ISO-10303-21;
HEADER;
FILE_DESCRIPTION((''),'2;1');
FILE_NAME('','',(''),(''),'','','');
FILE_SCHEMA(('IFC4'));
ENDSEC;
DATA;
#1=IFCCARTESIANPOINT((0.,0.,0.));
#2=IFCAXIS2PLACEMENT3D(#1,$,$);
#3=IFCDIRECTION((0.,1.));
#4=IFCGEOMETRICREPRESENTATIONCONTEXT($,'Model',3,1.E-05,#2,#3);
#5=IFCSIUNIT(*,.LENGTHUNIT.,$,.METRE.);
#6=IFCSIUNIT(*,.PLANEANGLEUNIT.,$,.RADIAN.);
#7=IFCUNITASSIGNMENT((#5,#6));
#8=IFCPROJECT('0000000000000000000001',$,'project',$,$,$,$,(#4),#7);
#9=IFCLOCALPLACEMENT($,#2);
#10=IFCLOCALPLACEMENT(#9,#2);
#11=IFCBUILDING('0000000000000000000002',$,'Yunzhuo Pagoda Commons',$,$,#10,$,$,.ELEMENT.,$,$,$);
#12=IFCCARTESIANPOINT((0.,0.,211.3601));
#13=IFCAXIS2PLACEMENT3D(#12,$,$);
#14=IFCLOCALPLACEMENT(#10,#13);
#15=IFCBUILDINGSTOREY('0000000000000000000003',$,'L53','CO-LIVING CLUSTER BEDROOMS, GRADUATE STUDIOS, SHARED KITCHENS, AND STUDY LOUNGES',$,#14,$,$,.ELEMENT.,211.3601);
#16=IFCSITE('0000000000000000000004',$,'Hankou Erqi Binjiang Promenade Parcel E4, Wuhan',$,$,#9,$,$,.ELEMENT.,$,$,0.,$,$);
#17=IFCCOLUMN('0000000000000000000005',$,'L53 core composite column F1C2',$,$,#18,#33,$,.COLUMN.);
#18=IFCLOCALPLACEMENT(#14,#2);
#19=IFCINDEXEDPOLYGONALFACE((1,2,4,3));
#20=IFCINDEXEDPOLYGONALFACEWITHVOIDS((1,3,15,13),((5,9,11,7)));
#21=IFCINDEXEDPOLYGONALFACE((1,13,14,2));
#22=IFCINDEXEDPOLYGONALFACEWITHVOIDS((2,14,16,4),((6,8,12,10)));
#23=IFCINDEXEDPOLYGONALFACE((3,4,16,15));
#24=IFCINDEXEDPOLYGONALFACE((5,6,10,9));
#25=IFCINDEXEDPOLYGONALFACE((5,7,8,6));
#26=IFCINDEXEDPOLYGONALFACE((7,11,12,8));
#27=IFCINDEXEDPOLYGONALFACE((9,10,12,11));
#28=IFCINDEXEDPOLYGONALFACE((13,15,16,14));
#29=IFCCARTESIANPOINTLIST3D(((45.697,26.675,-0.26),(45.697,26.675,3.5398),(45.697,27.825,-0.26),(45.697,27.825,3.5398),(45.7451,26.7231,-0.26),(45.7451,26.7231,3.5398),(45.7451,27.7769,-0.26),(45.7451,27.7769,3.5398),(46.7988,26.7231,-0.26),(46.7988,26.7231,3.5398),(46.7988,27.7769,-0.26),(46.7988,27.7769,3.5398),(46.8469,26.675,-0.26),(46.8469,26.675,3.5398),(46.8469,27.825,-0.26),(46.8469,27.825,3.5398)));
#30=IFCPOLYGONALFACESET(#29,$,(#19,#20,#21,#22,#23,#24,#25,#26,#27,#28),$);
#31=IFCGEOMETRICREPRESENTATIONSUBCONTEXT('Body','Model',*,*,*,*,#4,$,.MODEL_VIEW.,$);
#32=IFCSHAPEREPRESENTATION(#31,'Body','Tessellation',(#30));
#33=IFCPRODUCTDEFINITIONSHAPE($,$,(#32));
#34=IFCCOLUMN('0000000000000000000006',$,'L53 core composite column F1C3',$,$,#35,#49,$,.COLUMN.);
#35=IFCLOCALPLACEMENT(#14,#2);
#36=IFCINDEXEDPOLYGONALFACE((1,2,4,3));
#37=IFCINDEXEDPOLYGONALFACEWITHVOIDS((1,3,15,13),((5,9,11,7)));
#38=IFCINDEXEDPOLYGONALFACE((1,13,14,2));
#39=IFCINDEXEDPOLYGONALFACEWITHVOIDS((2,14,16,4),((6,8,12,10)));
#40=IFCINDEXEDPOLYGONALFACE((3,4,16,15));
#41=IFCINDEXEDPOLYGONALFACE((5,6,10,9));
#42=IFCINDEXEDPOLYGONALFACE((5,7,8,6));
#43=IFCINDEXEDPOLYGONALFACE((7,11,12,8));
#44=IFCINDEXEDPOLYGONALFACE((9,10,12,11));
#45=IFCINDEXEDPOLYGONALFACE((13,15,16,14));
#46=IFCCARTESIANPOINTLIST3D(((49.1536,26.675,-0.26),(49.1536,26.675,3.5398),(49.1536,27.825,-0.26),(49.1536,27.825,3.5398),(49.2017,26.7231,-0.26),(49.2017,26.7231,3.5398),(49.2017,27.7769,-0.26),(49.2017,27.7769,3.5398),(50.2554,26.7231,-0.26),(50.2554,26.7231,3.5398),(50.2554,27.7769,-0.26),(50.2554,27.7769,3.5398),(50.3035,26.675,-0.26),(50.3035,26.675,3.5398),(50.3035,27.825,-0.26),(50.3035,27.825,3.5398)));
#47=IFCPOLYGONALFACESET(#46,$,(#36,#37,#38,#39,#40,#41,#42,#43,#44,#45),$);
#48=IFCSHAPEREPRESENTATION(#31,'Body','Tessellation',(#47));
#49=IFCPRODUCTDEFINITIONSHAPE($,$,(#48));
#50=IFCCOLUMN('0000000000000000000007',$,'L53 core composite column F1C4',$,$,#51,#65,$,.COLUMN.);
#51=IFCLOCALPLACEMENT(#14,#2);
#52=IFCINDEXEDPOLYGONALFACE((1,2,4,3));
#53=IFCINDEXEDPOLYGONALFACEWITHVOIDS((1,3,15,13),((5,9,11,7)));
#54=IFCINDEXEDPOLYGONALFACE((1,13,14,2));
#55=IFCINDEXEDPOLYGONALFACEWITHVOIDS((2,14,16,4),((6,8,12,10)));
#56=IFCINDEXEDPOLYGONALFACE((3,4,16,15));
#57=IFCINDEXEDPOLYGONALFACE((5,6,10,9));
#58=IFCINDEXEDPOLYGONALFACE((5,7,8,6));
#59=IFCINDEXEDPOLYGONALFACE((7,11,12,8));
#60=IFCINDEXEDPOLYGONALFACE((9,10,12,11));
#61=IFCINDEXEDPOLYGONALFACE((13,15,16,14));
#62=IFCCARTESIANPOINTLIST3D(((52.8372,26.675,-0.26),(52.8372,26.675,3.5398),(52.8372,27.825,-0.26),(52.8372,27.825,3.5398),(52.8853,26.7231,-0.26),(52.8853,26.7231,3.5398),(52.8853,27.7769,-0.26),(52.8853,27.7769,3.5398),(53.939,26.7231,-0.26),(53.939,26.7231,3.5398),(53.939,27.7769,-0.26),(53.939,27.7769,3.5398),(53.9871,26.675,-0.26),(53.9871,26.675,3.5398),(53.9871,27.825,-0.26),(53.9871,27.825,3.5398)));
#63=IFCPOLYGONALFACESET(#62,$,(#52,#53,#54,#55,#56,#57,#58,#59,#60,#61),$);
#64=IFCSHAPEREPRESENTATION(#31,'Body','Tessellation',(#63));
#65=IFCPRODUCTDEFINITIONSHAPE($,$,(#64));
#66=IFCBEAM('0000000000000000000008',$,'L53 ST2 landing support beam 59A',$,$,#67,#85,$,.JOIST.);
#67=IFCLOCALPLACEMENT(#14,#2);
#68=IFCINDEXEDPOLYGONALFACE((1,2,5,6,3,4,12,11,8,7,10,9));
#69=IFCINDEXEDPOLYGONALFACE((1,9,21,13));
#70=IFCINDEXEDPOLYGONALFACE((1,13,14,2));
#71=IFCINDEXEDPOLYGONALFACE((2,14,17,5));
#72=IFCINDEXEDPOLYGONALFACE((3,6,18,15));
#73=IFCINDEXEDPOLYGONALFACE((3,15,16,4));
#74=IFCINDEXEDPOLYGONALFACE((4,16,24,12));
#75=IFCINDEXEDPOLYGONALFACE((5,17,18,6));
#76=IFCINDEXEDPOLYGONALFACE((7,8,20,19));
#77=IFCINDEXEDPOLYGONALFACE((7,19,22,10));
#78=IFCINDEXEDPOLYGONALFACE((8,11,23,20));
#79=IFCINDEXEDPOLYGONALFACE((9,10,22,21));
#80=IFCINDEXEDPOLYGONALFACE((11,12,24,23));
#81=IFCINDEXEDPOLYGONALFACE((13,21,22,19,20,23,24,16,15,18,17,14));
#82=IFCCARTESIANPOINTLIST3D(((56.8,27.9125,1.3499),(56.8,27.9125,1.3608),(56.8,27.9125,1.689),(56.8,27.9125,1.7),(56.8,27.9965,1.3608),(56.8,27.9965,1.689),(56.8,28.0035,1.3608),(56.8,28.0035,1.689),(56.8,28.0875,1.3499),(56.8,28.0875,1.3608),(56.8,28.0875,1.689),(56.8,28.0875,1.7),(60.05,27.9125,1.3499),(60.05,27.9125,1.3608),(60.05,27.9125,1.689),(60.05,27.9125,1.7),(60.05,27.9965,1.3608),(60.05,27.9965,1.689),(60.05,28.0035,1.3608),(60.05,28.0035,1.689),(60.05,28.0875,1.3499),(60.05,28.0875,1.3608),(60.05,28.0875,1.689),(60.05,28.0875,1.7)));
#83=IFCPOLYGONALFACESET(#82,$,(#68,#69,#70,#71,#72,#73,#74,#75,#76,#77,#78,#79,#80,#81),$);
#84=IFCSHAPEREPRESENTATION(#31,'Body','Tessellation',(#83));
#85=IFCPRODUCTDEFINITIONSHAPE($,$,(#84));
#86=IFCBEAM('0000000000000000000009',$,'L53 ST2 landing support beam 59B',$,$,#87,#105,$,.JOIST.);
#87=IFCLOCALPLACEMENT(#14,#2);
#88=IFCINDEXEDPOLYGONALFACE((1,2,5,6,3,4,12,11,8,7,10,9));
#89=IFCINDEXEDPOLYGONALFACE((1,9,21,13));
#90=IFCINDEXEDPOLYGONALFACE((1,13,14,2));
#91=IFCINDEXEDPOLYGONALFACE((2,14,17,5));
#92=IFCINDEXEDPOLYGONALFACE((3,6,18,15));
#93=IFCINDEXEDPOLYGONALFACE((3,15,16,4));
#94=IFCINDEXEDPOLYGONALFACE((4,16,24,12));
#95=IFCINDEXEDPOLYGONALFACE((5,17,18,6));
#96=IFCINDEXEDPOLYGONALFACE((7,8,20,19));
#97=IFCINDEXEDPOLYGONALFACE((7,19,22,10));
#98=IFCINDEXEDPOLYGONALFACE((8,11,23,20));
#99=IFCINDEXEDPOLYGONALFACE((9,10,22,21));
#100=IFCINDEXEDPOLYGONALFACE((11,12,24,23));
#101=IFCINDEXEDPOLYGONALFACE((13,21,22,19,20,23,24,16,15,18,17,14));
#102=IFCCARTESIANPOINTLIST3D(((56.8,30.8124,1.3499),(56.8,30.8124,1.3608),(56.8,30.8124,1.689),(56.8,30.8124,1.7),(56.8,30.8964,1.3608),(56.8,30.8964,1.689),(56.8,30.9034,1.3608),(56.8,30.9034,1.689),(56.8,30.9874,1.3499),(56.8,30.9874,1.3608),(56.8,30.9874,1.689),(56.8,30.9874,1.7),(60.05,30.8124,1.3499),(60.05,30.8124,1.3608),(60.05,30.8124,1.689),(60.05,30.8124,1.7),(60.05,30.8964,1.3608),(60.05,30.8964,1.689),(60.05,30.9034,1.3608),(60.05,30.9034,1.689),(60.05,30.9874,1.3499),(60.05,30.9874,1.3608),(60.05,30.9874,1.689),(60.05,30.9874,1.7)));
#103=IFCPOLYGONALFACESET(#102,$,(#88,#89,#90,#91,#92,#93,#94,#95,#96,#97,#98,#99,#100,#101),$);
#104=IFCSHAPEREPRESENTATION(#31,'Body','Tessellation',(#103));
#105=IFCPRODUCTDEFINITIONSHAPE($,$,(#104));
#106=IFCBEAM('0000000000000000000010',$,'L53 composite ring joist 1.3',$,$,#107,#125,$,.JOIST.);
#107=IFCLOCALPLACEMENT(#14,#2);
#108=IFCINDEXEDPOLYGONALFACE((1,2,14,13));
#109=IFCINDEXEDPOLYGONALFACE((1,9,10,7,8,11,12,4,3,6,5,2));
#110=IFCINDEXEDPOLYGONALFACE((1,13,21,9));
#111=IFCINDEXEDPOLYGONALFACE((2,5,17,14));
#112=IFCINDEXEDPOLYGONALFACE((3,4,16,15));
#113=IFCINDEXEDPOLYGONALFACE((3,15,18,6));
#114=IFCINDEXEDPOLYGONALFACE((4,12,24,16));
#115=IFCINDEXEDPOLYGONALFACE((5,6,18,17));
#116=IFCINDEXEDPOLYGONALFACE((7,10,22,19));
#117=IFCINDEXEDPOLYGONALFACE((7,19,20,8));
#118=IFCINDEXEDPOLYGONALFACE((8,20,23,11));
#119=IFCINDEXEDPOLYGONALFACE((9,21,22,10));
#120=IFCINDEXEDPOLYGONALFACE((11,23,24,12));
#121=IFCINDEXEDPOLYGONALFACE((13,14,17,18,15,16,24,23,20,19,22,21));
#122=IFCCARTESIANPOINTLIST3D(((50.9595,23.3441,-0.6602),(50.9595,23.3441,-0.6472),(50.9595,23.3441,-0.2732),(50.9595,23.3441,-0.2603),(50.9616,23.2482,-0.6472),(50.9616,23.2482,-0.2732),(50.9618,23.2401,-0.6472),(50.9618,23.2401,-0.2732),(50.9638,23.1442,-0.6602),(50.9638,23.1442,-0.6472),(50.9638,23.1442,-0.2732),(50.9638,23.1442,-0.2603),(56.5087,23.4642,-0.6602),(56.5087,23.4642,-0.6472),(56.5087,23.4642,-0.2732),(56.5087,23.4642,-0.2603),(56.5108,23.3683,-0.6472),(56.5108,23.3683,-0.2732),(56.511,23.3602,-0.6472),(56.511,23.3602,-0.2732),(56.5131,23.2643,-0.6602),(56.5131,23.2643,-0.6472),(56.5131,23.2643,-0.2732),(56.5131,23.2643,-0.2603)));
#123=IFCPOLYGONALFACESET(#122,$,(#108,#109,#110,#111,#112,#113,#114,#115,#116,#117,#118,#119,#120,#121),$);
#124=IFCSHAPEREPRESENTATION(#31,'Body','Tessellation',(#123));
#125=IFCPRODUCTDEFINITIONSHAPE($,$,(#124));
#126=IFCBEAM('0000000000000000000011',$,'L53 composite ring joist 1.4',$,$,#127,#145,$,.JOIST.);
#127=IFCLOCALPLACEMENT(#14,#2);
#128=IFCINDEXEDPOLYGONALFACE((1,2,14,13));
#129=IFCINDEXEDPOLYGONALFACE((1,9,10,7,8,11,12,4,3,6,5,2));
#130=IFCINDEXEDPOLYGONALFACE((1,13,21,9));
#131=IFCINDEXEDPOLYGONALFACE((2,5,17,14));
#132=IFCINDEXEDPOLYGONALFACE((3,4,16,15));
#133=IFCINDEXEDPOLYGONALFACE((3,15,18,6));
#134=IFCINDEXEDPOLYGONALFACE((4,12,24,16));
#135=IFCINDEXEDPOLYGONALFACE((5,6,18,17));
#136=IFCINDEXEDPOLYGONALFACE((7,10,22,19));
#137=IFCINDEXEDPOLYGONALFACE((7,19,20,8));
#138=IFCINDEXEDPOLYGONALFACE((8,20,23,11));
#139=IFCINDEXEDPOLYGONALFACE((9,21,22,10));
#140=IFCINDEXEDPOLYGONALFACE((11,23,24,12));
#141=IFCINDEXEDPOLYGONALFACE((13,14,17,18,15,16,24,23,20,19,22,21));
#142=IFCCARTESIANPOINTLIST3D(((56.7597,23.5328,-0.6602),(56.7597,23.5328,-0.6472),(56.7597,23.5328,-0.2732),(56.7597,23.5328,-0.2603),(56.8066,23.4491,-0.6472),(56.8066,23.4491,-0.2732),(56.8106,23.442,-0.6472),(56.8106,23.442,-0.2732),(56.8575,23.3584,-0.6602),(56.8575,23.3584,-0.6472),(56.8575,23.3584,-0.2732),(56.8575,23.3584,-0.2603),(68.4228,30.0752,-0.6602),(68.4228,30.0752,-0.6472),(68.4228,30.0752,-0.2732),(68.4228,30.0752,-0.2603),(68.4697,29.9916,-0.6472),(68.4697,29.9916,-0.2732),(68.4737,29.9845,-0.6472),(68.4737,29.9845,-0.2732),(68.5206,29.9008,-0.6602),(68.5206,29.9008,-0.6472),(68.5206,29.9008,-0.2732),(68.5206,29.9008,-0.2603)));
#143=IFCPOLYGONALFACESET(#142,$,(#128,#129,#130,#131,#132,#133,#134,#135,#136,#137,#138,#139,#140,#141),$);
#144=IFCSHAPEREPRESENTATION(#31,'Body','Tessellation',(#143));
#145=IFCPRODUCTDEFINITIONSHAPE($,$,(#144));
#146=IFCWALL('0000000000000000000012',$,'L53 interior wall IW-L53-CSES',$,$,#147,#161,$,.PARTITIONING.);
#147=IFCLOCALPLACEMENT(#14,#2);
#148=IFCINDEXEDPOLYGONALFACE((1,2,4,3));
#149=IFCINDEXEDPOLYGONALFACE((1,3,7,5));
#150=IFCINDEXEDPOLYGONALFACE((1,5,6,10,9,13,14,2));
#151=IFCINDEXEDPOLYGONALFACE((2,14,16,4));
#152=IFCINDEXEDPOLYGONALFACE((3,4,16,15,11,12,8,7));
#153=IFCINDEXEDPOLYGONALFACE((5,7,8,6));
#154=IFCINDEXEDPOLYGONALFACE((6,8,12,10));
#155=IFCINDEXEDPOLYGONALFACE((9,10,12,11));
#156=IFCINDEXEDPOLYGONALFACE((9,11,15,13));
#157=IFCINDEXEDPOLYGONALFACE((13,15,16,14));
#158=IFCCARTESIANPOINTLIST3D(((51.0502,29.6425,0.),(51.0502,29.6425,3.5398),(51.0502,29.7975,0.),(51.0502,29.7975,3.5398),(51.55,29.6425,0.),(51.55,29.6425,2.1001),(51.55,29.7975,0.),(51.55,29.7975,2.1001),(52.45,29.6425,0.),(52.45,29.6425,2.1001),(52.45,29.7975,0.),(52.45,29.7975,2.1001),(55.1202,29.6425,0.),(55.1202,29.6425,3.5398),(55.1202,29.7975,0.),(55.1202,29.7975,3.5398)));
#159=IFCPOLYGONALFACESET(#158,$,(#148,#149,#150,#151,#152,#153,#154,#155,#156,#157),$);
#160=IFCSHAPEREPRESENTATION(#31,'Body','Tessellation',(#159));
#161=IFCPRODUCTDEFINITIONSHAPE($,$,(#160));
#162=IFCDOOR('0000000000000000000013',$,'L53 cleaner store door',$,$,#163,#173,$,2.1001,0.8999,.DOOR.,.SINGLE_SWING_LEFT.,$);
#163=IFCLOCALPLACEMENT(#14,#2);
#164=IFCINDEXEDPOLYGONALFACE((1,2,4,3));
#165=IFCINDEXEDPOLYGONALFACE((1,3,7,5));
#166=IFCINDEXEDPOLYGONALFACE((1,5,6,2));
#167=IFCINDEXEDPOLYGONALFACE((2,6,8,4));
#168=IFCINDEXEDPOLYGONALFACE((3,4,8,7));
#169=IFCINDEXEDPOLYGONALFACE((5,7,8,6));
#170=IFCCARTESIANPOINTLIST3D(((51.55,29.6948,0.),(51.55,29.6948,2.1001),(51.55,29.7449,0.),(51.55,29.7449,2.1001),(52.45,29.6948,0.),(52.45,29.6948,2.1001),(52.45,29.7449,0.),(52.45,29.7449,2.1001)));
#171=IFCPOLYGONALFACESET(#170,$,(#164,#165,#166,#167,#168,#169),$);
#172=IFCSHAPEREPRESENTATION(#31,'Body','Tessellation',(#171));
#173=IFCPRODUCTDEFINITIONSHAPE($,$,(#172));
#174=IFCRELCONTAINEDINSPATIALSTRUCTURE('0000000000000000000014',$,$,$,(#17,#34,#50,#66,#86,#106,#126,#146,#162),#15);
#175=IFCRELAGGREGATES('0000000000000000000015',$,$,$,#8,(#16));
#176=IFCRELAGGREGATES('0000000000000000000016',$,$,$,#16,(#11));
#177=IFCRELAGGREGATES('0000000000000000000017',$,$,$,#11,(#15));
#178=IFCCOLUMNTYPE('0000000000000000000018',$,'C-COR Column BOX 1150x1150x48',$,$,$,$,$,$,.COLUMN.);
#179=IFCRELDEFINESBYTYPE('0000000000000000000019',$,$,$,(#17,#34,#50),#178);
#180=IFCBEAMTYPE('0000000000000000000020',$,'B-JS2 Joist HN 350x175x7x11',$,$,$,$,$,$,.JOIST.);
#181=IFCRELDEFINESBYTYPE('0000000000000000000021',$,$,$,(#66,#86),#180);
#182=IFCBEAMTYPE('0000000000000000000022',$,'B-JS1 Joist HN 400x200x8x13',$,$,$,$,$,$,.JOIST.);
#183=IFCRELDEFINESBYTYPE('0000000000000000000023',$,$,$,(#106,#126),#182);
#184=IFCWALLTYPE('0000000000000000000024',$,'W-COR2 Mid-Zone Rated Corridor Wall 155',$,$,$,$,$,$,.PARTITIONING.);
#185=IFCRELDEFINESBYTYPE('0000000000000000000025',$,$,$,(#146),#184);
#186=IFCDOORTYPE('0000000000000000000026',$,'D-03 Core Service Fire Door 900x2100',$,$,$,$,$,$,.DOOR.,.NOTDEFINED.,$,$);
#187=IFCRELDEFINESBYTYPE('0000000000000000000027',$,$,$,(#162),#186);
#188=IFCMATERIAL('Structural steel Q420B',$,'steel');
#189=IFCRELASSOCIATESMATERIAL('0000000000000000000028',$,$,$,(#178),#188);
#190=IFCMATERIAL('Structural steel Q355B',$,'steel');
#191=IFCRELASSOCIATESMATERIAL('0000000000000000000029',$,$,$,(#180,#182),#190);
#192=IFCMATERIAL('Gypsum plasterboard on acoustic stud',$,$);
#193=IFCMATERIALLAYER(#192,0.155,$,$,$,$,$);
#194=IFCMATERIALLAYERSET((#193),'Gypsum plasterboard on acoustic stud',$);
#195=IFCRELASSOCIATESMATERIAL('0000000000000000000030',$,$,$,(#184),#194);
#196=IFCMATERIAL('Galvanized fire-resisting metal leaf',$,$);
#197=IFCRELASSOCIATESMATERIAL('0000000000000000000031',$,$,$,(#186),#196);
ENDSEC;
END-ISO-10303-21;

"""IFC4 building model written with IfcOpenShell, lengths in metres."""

from ifc_helpers import new_model, si_unit, direction, frame, frame_2d, origin, origin_with_axes, origin_2d, place, context, subcontext, project, spatial, rectangle, hollow_rectangle, i_section, extrude, source, transform, mapped, material, layer, layer_set, material_profile, profile_set, type_object, element, fill, save


model = new_model("IFC4")

# Units and contexts
model_context = context("Model", 3, precision=1e-05, world=origin(), true_north=direction((0.0, 1.0)))
body_context = subcontext(model_context, "Body", "Model", "MODEL_VIEW")
ifc_project = project(units=[si_unit("LENGTHUNIT", "METRE"), si_unit("PLANEANGLEUNIT", "RADIAN")], contexts=[model_context])

# Site, building, storey
site_placement = place(None, origin())
site = spatial("IfcSite", under=ifc_project, at=site_placement, Name="Hankou Erqi Binjiang Promenade Parcel E4, Wuhan", CompositionType="ELEMENT", RefElevation=0.0)
building_placement = place(site_placement, origin())
building = spatial("IfcBuilding", under=site, at=building_placement, Name="Yunzhuo Pagoda Commons", CompositionType="ELEMENT")
storey_placement = place(building_placement, frame((0.0, 0.0, 211.3601)))
storey = spatial("IfcBuildingStorey", under=building, at=storey_placement, Name="L53", Description="CO-LIVING CLUSTER BEDROOMS, GRADUATE STUDIOS, SHARED KITCHENS, AND STUDY LOUNGES", CompositionType="ELEMENT", Elevation=211.3601)

# Columns
ifc_material_1 = material(Name="Structural steel Q420B", Category="steel")
ifc_material_profile_1 = material_profile(ifc_material_1, hollow_rectangle(XDim=1.1499, YDim=1.1499, WallThickness=0.0481, at=origin_2d()), Name="Structural steel Q420B")
ifc_profile_set_1 = profile_set([ifc_material_profile_1], Name="Structural steel Q420B")
column_type = type_object("IfcColumnType", Name="C-COR Column BOX 1150x1150x48", PredefinedType="COLUMN", material=ifc_profile_set_1)
shared_shape_1 = source(origin(), body_context, "Body", "SweptSolid", [
    extrude(hollow_rectangle(XDim=1.1499, YDim=1.1499, WallThickness=0.0481, at=origin_2d()), origin(), (0.0, 0.0, 1.0), 3.7998),
])
for number, where, z_axis, x_axis, name in (
    (1, (46.272, 27.25, -0.26), (0.0, 0.0, 1.0), (1.0, 0.0, 0.0), "L53 core composite column F1C2"),
    (2, (49.7285, 27.25, -0.26), (0.0, 0.0, 1.0), (1.0, 0.0, 0.0), "L53 core composite column F1C3"),
    (3, (53.4121, 27.25, -0.26), (0.0, 0.0, 1.0), (1.0, 0.0, 0.0), "L53 core composite column F1C4"),
):
    element("IfcColumn", number, at=place(storey_placement, frame(where, z_axis=z_axis, x_axis=x_axis)), inside=storey, type_object=column_type, Name=name, PredefinedType="COLUMN", context=body_context, shape_type="MappedRepresentation", body=[
        mapped(shared_shape_1, transform((0.0, 0.0, 0.0), scale=1.0)),
    ])

# Beams
ifc_material_2 = material(Name="Structural steel Q355B", Category="steel")
ifc_material_profile_2 = material_profile(ifc_material_2, i_section(OverallWidth=0.175, OverallDepth=0.3501, WebThickness=0.0071, FlangeThickness=0.011, at=origin_2d()), Name="Structural steel Q355B")
ifc_profile_set_2 = profile_set([ifc_material_profile_2], Name="Structural steel Q355B")
beam_type_1 = type_object("IfcBeamType", Name="B-JS2 Joist HN 350x175x7x11", PredefinedType="JOIST", material=ifc_profile_set_2)
shared_shape_2 = source(origin(), body_context, "Body", "SweptSolid", [
    extrude(i_section(OverallWidth=0.175, OverallDepth=0.3501, WebThickness=0.0071, FlangeThickness=0.011, at=origin_2d()), origin(), (0.0, 0.0, 1.0), 3.25),
])
for number, where, z_axis, x_axis, name in (
    (4, (56.8, 28.0, 1.5249), (1.0, 0.0, 0.0), (0.0, 1.0, 0.0), "L53 ST2 landing support beam 59A"),
    (5, (56.8, 30.8999, 1.5249), (1.0, 0.0, 0.0), (0.0, 1.0, 0.0), "L53 ST2 landing support beam 59B"),
):
    element("IfcBeam", number, at=place(storey_placement, frame(where, z_axis=z_axis, x_axis=x_axis)), inside=storey, type_object=beam_type_1, Name=name, PredefinedType="JOIST", context=body_context, shape_type="MappedRepresentation", body=[
        mapped(shared_shape_2, transform((0.0, 0.0, 0.0), scale=1.0)),
    ])
ifc_material_profile_3 = material_profile(ifc_material_2, i_section(OverallWidth=0.2, OverallDepth=0.3999, WebThickness=0.0081, FlangeThickness=0.0129, at=origin_2d()), Name="Structural steel Q355B")
ifc_profile_set_3 = profile_set([ifc_material_profile_3], Name="Structural steel Q355B")
beam_type_2 = type_object("IfcBeamType", Name="B-JS1 Joist HN 400x200x8x13", PredefinedType="JOIST", material=ifc_profile_set_3)
shared_shape_3 = source(origin(), body_context, "Body", "SweptSolid", [
    extrude(i_section(OverallWidth=0.2, OverallDepth=0.3999, WebThickness=0.0081, FlangeThickness=0.0129, at=origin_2d()), origin(), (0.0, 0.0, 1.0), 5.5505),
])
beam_1_placement = place(storey_placement, frame((50.9617, 23.2441, -0.4602), z_axis=(0.999766, 0.02164, 0.0), x_axis=(-0.02164, 0.999766, 0.0)))
element("IfcBeam", 6, at=beam_1_placement, inside=storey, type_object=beam_type_2, Name="L53 composite ring joist 1.3", PredefinedType="JOIST", context=body_context, shape_type="MappedRepresentation", body=[
    mapped(shared_shape_3, transform((0.0, 0.0, 0.0), scale=1.0)),
])
shared_shape_4 = source(origin(), body_context, "Body", "SweptSolid", [
    extrude(i_section(OverallWidth=0.2, OverallDepth=0.3999, WebThickness=0.0081, FlangeThickness=0.0129, at=origin_2d()), origin(), (0.0, 0.0, 1.0), 13.3728),
])
beam_2_placement = place(storey_placement, frame((56.8086, 23.4456, -0.4602), z_axis=(0.87215, 0.489238, 0.0), x_axis=(-0.489238, 0.87215, 0.0)))
element("IfcBeam", 7, at=beam_2_placement, inside=storey, type_object=beam_type_2, Name="L53 composite ring joist 1.4", PredefinedType="JOIST", context=body_context, shape_type="MappedRepresentation", body=[
    mapped(shared_shape_4, transform((0.0, 0.0, 0.0), scale=1.0)),
])

# Wall, opening, door
ifc_material_3 = material(Name="Gypsum plasterboard on acoustic stud")
ifc_layer_1 = layer(ifc_material_3, 0.155)
ifc_layer_set_1 = layer_set([ifc_layer_1], Name="Gypsum plasterboard on acoustic stud")
wall_type_1 = type_object("IfcWallType", Name="W-COR2 Mid-Zone Rated Corridor Wall 155", PredefinedType="PARTITIONING", material=ifc_layer_set_1)
wall_1_placement = place(storey_placement, frame((51.05, 29.72, 0.0), z_axis=(0.0, 0.0, 1.0), x_axis=(1.0, 0.0, 0.0)))
wall_1 = element("IfcWall", 8, at=wall_1_placement, inside=storey, type_object=wall_type_1, Name="L53 interior wall IW-L53-CSES", PredefinedType="PARTITIONING", context=body_context, shape_type="SweptSolid", body=[
    extrude(rectangle(XDim=4.0701, YDim=0.155, at=frame_2d((2.0352, 0.0))), origin(), (0.0, 0.0, 1.0), 3.5398),
])
opening_1_placement = place(wall_1_placement, frame((0.5, 0.0, 0.0)))
opening_1 = element("IfcOpeningElement", 9, at=opening_1_placement, cuts=wall_1, PredefinedType="OPENING", context=body_context, shape_type="SweptSolid", body=[
    extrude(rectangle(XDim=0.8999, YDim=2.1001, at=frame_2d((0.45, 1.05))), frame((0.0, 0.0874, 0.0), z_axis=(0.0, -1.0, 0.0), x_axis=(1.0, 0.0, 0.0)), (0.0, 0.0, 1.0), 0.175),
])
ifc_material_4 = material(Name="Galvanized fire-resisting metal leaf")
door_type_1 = type_object("IfcDoorType", Name="D-03 Core Service Fire Door 900x2100", OperationType="NOTDEFINED", PredefinedType="DOOR", material=ifc_material_4)
shared_shape_5 = source(origin(), body_context, "Body", "SweptSolid", [
    extrude(rectangle(XDim=0.8999, YDim=2.1001, at=frame_2d((0.45, 1.05))), frame((0.0, 0.0249, 0.0), z_axis=(0.0, -1.0, 0.0), x_axis=(1.0, 0.0, 0.0)), (0.0, 0.0, 1.0), 0.05),
])
door_1_placement = place(opening_1_placement, origin_with_axes())
door_1 = element("IfcDoor", 10, at=door_1_placement, inside=storey, type_object=door_type_1, Name="L53 cleaner store door", OperationType="SINGLE_SWING_LEFT", OverallHeight=2.1001, OverallWidth=0.8999, PredefinedType="DOOR", context=body_context, shape_type="MappedRepresentation", body=[
    mapped(shared_shape_5, transform((0.0, 0.0, 0.0), scale=1.0)),
])
fill(opening_1, door_1)

save(model, "model.ifc")
